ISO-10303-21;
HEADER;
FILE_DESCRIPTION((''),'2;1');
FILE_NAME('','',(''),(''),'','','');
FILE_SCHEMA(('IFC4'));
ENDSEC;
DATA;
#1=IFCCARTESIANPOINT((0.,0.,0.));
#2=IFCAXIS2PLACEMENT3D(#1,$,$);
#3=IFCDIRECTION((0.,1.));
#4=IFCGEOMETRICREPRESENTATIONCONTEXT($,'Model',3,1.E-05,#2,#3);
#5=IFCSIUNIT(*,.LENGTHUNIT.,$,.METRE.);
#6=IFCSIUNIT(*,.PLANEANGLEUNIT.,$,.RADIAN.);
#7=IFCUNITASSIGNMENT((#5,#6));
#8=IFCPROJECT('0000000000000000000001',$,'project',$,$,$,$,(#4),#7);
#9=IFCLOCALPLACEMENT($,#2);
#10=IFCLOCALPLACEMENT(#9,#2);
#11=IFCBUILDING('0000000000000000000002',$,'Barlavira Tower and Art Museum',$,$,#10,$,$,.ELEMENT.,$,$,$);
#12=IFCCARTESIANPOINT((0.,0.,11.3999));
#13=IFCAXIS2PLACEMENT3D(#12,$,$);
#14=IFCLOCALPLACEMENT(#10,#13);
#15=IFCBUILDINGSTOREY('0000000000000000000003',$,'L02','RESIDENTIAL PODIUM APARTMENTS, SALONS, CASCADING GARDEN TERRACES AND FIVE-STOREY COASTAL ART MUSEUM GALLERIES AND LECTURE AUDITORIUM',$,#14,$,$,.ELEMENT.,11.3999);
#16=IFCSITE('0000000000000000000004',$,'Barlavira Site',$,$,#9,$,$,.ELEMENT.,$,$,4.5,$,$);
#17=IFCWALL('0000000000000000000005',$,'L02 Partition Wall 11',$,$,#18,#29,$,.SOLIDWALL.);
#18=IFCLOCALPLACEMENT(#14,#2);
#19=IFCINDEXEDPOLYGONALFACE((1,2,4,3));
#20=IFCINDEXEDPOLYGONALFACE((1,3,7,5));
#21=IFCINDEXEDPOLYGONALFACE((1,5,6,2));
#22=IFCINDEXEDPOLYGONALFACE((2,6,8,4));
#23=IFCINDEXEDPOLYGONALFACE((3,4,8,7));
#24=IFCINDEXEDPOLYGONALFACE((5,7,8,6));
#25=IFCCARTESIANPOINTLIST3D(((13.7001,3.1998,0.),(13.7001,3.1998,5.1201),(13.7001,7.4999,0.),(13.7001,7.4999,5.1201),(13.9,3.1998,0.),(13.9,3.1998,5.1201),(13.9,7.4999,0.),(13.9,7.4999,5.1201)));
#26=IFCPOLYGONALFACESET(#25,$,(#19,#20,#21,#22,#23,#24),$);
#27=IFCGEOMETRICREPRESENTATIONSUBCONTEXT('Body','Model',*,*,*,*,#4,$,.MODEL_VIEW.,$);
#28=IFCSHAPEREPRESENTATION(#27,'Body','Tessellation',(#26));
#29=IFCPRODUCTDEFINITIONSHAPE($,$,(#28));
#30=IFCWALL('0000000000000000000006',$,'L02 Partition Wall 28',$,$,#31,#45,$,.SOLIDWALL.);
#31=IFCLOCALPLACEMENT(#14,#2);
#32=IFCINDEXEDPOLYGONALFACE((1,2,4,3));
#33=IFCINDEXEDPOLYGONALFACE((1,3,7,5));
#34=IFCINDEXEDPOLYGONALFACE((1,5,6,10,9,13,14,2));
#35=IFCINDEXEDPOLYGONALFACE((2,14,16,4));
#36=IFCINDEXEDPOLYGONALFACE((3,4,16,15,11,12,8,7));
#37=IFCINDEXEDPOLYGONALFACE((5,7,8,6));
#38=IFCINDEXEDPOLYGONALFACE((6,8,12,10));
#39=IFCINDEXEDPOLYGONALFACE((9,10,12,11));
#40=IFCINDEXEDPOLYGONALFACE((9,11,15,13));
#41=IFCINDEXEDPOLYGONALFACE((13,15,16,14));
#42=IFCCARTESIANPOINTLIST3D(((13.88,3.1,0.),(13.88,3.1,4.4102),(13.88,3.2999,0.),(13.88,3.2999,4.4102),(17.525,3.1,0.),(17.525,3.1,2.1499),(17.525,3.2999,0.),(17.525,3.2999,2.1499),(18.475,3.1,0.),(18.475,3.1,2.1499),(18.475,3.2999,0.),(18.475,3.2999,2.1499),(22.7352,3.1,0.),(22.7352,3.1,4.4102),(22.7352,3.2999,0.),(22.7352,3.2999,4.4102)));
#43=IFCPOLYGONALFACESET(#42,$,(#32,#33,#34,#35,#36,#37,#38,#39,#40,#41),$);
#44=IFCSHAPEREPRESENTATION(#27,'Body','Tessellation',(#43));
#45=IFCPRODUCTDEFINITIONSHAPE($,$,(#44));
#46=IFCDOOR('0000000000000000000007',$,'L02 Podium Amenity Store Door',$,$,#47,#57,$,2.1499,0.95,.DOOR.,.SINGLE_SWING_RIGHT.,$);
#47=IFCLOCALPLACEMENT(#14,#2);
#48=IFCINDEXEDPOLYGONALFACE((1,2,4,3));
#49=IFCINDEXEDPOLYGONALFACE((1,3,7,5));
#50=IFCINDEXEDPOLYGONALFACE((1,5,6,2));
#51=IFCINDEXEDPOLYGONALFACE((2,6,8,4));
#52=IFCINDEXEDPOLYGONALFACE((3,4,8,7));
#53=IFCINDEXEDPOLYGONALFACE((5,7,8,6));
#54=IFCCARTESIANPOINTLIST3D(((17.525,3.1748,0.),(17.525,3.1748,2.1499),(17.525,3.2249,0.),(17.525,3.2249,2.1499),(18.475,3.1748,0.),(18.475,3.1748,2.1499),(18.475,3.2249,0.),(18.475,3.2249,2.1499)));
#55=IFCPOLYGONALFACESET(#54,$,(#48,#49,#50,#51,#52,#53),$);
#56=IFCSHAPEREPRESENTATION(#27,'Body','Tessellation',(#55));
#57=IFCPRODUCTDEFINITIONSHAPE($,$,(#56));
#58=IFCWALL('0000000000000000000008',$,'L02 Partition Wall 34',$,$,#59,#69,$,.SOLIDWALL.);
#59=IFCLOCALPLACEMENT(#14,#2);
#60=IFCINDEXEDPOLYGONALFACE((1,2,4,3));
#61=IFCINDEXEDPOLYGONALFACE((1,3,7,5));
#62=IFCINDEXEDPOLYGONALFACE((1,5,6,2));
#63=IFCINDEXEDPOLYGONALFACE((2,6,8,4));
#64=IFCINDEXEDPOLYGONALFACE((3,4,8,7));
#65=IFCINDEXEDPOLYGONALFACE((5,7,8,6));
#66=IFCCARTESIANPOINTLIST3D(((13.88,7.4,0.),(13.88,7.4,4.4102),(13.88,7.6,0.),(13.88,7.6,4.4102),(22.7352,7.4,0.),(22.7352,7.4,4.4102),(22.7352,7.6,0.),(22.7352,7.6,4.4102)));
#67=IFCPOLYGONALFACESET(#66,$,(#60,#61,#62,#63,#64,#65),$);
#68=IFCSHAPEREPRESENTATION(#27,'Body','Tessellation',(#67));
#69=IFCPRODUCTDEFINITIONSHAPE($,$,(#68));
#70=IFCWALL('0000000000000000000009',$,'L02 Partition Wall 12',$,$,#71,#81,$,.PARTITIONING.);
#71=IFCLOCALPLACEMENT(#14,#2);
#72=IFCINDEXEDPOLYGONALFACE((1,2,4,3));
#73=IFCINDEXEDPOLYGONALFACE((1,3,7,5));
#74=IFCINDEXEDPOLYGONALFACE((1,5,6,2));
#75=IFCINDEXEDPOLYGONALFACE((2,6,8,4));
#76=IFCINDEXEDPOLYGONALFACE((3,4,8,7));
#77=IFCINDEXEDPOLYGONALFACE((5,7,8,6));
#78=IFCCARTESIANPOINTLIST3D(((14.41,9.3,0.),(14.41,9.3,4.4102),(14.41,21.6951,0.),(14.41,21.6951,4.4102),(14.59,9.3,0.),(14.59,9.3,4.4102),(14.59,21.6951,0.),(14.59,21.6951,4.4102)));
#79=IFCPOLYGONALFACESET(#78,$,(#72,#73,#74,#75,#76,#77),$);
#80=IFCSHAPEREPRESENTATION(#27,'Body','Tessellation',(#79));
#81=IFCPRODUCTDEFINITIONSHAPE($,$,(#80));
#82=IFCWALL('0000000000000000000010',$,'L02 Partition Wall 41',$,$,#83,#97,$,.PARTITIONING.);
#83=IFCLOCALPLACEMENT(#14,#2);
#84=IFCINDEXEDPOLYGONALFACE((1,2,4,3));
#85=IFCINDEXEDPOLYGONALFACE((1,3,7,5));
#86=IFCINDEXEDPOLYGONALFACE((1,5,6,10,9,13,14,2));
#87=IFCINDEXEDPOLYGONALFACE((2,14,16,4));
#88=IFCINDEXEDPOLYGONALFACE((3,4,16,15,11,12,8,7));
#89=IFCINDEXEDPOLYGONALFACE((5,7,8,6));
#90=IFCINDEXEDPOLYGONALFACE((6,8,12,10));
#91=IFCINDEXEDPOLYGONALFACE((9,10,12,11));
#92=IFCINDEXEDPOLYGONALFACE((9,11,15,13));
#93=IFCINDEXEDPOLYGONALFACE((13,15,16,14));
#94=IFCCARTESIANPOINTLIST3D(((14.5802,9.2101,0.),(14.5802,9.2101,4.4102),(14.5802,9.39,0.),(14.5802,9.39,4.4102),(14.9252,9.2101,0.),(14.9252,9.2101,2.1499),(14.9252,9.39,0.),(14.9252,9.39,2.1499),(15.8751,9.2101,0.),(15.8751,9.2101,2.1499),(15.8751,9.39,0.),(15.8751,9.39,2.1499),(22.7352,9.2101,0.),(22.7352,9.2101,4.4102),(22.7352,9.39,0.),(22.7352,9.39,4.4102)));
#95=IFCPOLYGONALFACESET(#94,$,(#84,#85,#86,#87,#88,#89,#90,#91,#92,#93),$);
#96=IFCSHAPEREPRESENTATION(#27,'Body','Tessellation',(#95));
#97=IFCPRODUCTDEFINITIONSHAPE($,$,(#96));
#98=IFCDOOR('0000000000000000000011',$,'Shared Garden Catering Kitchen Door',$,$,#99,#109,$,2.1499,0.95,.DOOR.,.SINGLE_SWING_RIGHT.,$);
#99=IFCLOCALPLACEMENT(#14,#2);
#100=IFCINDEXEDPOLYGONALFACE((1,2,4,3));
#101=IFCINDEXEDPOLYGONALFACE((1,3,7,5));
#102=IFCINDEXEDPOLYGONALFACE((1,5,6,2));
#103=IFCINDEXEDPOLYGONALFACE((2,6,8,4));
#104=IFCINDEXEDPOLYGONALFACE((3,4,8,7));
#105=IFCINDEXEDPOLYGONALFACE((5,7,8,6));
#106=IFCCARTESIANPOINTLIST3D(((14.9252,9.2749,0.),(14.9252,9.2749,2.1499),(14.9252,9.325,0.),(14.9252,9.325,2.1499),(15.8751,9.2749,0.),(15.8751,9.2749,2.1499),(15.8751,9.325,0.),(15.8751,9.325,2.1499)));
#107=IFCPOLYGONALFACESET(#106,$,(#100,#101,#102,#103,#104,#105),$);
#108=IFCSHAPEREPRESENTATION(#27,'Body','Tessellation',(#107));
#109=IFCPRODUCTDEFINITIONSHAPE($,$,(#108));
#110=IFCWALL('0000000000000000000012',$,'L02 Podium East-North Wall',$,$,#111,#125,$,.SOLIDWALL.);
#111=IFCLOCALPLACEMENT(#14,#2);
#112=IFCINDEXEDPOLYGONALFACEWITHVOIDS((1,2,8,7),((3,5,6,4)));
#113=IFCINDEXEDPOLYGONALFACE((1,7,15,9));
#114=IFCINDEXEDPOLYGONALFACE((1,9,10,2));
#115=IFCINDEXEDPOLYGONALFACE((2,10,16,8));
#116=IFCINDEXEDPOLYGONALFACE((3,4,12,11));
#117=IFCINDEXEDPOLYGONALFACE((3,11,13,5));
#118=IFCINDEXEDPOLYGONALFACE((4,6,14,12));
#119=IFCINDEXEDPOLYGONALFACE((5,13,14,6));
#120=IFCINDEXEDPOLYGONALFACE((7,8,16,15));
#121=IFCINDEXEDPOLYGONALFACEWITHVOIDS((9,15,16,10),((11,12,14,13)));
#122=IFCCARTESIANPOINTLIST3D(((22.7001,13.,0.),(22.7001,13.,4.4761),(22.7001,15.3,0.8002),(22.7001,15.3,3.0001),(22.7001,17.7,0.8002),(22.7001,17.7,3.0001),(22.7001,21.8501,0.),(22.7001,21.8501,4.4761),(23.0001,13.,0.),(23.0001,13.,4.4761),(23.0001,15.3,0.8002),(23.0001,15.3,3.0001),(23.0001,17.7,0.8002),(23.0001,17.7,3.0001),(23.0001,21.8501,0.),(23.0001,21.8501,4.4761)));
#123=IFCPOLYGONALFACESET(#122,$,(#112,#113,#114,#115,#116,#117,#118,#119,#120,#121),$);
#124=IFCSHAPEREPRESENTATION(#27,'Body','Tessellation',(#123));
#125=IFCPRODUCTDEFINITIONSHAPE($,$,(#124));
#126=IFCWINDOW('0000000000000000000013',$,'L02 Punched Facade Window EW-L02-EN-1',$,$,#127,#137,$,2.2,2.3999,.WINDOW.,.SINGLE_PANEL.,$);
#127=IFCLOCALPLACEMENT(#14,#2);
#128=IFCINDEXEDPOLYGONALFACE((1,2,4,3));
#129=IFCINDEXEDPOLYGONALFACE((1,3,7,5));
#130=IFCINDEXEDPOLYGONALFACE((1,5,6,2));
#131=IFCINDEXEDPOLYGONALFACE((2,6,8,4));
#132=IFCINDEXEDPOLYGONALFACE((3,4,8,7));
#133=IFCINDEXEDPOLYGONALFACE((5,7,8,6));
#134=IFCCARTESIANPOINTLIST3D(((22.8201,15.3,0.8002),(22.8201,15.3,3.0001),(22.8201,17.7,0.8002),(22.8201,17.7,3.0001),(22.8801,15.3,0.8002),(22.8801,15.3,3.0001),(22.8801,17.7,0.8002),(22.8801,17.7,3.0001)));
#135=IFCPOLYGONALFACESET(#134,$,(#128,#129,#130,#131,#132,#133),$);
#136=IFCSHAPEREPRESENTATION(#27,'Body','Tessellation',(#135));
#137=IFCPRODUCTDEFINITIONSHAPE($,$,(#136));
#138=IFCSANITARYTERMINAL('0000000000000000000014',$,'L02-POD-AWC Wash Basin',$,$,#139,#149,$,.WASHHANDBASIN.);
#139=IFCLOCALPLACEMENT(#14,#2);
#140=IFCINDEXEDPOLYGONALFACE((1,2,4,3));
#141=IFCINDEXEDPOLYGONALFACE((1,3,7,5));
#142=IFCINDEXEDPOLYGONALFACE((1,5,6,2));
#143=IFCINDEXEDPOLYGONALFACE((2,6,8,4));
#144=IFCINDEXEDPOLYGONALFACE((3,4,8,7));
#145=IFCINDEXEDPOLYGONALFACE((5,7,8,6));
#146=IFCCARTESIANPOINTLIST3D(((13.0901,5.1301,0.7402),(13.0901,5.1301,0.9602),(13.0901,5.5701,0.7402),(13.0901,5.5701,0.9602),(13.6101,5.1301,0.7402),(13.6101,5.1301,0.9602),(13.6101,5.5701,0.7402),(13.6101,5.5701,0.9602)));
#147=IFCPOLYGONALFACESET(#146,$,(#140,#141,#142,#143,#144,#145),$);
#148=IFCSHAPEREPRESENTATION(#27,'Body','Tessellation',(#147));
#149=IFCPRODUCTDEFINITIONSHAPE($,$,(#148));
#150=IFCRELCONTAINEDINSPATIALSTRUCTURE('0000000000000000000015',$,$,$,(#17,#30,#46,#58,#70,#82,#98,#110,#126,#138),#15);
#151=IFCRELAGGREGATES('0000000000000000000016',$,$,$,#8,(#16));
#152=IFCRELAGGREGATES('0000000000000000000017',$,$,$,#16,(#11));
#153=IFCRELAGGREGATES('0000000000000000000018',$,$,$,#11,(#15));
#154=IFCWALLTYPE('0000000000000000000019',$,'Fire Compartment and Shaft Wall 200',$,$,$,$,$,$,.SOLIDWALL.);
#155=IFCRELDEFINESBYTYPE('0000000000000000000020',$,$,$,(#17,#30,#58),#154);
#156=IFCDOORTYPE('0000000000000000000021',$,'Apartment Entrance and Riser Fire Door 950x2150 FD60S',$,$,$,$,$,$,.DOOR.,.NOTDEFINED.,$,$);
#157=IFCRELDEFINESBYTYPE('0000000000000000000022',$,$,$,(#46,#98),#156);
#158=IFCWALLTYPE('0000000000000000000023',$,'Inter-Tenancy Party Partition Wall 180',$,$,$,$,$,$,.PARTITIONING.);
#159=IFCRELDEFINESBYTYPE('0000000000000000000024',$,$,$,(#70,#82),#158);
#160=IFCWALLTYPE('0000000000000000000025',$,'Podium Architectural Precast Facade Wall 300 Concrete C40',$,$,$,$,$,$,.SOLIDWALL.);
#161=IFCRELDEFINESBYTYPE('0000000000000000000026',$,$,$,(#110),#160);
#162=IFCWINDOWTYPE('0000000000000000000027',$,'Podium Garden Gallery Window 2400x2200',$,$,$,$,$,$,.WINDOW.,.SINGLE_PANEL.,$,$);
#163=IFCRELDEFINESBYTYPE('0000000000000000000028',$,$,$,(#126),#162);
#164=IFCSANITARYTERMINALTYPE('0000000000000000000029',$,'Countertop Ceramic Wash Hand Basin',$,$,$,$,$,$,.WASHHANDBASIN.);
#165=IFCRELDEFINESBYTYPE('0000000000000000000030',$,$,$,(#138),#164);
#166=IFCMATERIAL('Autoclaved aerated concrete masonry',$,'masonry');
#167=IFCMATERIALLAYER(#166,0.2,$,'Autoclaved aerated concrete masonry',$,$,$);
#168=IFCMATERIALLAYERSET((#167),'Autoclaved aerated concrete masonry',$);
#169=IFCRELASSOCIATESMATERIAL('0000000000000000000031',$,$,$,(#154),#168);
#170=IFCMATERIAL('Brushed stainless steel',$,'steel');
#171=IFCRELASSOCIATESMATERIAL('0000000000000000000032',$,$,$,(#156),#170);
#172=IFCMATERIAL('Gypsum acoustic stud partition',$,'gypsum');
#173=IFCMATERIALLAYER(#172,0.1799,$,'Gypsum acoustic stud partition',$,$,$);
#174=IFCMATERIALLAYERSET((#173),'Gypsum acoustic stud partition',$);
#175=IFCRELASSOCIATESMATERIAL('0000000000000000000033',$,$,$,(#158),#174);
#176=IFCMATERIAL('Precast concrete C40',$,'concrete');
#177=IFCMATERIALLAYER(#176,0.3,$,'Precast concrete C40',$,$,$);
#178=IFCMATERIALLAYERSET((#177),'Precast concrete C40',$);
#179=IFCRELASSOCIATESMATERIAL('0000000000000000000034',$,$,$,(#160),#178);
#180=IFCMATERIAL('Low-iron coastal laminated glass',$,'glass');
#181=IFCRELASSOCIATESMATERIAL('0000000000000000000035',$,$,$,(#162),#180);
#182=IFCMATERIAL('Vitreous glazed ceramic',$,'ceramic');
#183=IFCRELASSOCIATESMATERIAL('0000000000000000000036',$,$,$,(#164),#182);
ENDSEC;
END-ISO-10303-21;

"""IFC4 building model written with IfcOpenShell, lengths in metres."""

from ifc_helpers import new_model, si_unit, direction, frame, frame_2d, origin, origin_2d, place, context, subcontext, project, spatial, rectangle, extrude, material, layer, layer_set, type_object, element, fill, save


model = new_model("IFC4")

# Units and contexts
model_context = context("Model", 3, precision=1e-05, world=origin(), true_north=direction((0.0, 1.0)))
body_context = subcontext(model_context, "Body", "Model", "MODEL_VIEW")
ifc_project = project(units=[si_unit("LENGTHUNIT", "METRE"), si_unit("PLANEANGLEUNIT", "RADIAN")], contexts=[model_context])

# Site, building, storey
site_placement = place(None, origin())
site = spatial("IfcSite", under=ifc_project, at=site_placement, Name="Barlavira Site", CompositionType="ELEMENT", RefElevation=4.5)
building_placement = place(site_placement, origin())
building = spatial("IfcBuilding", under=site, at=building_placement, Name="Barlavira Tower and Art Museum", CompositionType="ELEMENT")
storey_placement = place(building_placement, frame((0.0, 0.0, 11.3999)))
storey = spatial("IfcBuildingStorey", under=building, at=storey_placement, Name="L02", Description="RESIDENTIAL PODIUM APARTMENTS, SALONS, CASCADING GARDEN TERRACES AND FIVE-STOREY COASTAL ART MUSEUM GALLERIES AND LECTURE AUDITORIUM", CompositionType="ELEMENT", Elevation=11.3999)

# Shared definitions
ifc_material_1 = material(Name="Low-iron coastal laminated glass", Category="glass")

# Wall
ifc_material_2 = material(Name="Autoclaved aerated concrete masonry", Category="masonry")
ifc_layer_1 = layer(ifc_material_2, 0.2, Name="Autoclaved aerated concrete masonry")
ifc_layer_set_1 = layer_set([ifc_layer_1], Name="Autoclaved aerated concrete masonry")
wall_type_1 = type_object("IfcWallType", Name="Fire Compartment and Shaft Wall 200", PredefinedType="SOLIDWALL", material=ifc_layer_set_1)
wall_1_placement = place(storey_placement, frame((13.8, 3.2, 0.0), z_axis=(0.0, 0.0, 1.0), x_axis=(0.0, 1.0, 0.0)))
element("IfcWall", 1, at=wall_1_placement, inside=storey, type_object=wall_type_1, Name="L02 Partition Wall 11", PredefinedType="SOLIDWALL", context=body_context, shape_type="SweptSolid", body=[
    extrude(rectangle(XDim=4.3, YDim=0.2, at=frame_2d((2.1499, 0.0))), origin(), (0.0, 0.0, 1.0), 5.1201),
])

# Wall, opening, door
wall_2_placement = place(storey_placement, frame((13.8799, 3.2, 0.0), z_axis=(0.0, 0.0, 1.0), x_axis=(1.0, 0.0, 0.0)))
wall_2 = element("IfcWall", 2, at=wall_2_placement, inside=storey, type_object=wall_type_1, Name="L02 Partition Wall 28", PredefinedType="SOLIDWALL", context=body_context, shape_type="SweptSolid", body=[
    extrude(rectangle(XDim=8.8552, YDim=0.2, at=frame_2d((4.4277, 0.0))), origin(), (0.0, 0.0, 1.0), 4.4102),
])
opening_1_placement = place(wall_2_placement, frame((3.645, 0.0, 0.0)))
opening_1 = element("IfcOpeningElement", 3, at=opening_1_placement, cuts=wall_2, PredefinedType="OPENING", context=body_context, shape_type="SweptSolid", body=[
    extrude(rectangle(XDim=0.95, YDim=2.1499, at=frame_2d((0.4751, 1.075))), frame((0.0, 0.1099, 0.0), z_axis=(0.0, -1.0, 0.0), x_axis=(1.0, 0.0, 0.0)), (0.0, 0.0, 1.0), 0.22),
])
ifc_material_3 = material(Name="Brushed stainless steel", Category="steel")
door_type = type_object("IfcDoorType", Name="Apartment Entrance and Riser Fire Door 950x2150 FD60S", OperationType="NOTDEFINED", PredefinedType="DOOR", material=ifc_material_3)
door_1_placement = place(opening_1_placement, origin())
door_1 = element("IfcDoor", 4, at=door_1_placement, inside=storey, type_object=door_type, Name="L02 Podium Amenity Store Door", OperationType="SINGLE_SWING_RIGHT", OverallHeight=2.1499, OverallWidth=0.95, PredefinedType="DOOR", context=body_context, shape_type="SweptSolid", body=[
    extrude(rectangle(XDim=0.95, YDim=2.1499, at=frame_2d((0.4751, 1.075))), frame((0.0, 0.0249, 0.0), z_axis=(0.0, -1.0, 0.0), x_axis=(1.0, 0.0, 0.0)), (0.0, 0.0, 1.0), 0.05),
])
fill(opening_1, door_1)

# Walls
wall_3_placement = place(storey_placement, frame((13.8799, 7.5, 0.0), z_axis=(0.0, 0.0, 1.0), x_axis=(1.0, 0.0, 0.0)))
element("IfcWall", 5, at=wall_3_placement, inside=storey, type_object=wall_type_1, Name="L02 Partition Wall 34", PredefinedType="SOLIDWALL", context=body_context, shape_type="SweptSolid", body=[
    extrude(rectangle(XDim=8.8552, YDim=0.2, at=frame_2d((4.4277, 0.0))), origin(), (0.0, 0.0, 1.0), 4.4102),
])
ifc_material_4 = material(Name="Gypsum acoustic stud partition", Category="gypsum")
ifc_layer_2 = layer(ifc_material_4, 0.1799, Name="Gypsum acoustic stud partition")
ifc_layer_set_2 = layer_set([ifc_layer_2], Name="Gypsum acoustic stud partition")
wall_type_2 = type_object("IfcWallType", Name="Inter-Tenancy Party Partition Wall 180", PredefinedType="PARTITIONING", material=ifc_layer_set_2)
wall_4_placement = place(storey_placement, frame((14.5, 9.3, 0.0), z_axis=(0.0, 0.0, 1.0), x_axis=(0.0, 1.0, 0.0)))
element("IfcWall", 6, at=wall_4_placement, inside=storey, type_object=wall_type_2, Name="L02 Partition Wall 12", PredefinedType="PARTITIONING", context=body_context, shape_type="SweptSolid", body=[
    extrude(rectangle(XDim=12.395, YDim=0.1799, at=frame_2d((6.1975, 0.0))), origin(), (0.0, 0.0, 1.0), 4.4102),
])

# Wall, opening, door
wall_5_placement = place(storey_placement, frame((14.5801, 9.3, 0.0), z_axis=(0.0, 0.0, 1.0), x_axis=(1.0, 0.0, 0.0)))
wall_5 = element("IfcWall", 7, at=wall_5_placement, inside=storey, type_object=wall_type_2, Name="L02 Partition Wall 41", PredefinedType="PARTITIONING", context=body_context, shape_type="SweptSolid", body=[
    extrude(rectangle(XDim=8.155, YDim=0.1799, at=frame_2d((4.0776, 0.0))), origin(), (0.0, 0.0, 1.0), 4.4102),
])
opening_2_placement = place(wall_5_placement, frame((0.345, 0.0, 0.0)))
opening_2 = element("IfcOpeningElement", 8, at=opening_2_placement, cuts=wall_5, PredefinedType="OPENING", context=body_context, shape_type="SweptSolid", body=[
    extrude(rectangle(XDim=0.95, YDim=2.1499, at=frame_2d((0.4751, 1.075))), frame((0.0, 0.1001, 0.0), z_axis=(0.0, -1.0, 0.0), x_axis=(1.0, 0.0, 0.0)), (0.0, 0.0, 1.0), 0.2),
])
door_2_placement = place(opening_2_placement, origin())
door_2 = element("IfcDoor", 9, at=door_2_placement, inside=storey, type_object=door_type, Name="Shared Garden Catering Kitchen Door", OperationType="SINGLE_SWING_RIGHT", OverallHeight=2.1499, OverallWidth=0.95, PredefinedType="DOOR", context=body_context, shape_type="SweptSolid", body=[
    extrude(rectangle(XDim=0.95, YDim=2.1499, at=frame_2d((0.4751, 1.075))), frame((0.0, 0.0249, 0.0), z_axis=(0.0, -1.0, 0.0), x_axis=(1.0, 0.0, 0.0)), (0.0, 0.0, 1.0), 0.05),
])
fill(opening_2, door_2)

# Wall, opening, window
ifc_material_5 = material(Name="Precast concrete C40", Category="concrete")
ifc_layer_3 = layer(ifc_material_5, 0.3, Name="Precast concrete C40")
ifc_layer_set_3 = layer_set([ifc_layer_3], Name="Precast concrete C40")
wall_type_3 = type_object("IfcWallType", Name="Podium Architectural Precast Facade Wall 300 Concrete C40", PredefinedType="SOLIDWALL", material=ifc_layer_set_3)
wall_6_placement = place(storey_placement, frame((22.8501, 13.0, 0.0), z_axis=(0.0, 0.0, 1.0), x_axis=(0.0, 1.0, 0.0)))
wall_6 = element("IfcWall", 10, at=wall_6_placement, inside=storey, type_object=wall_type_3, Name="L02 Podium East-North Wall", PredefinedType="SOLIDWALL", context=body_context, shape_type="SweptSolid", body=[
    extrude(rectangle(XDim=8.8501, YDim=0.3, at=frame_2d((4.425, 0.0))), origin(), (0.0, 0.0, 1.0), 4.4761),
])
opening_3_placement = place(wall_6_placement, frame((2.3, 0.0, 0.8)))
opening_3 = element("IfcOpeningElement", 11, at=opening_3_placement, cuts=wall_6, PredefinedType="OPENING", context=body_context, shape_type="SweptSolid", body=[
    extrude(rectangle(XDim=2.3999, YDim=2.2, at=frame_2d((1.2, 1.1001))), frame((0.0, 0.1602, 0.0), z_axis=(0.0, -1.0, 0.0), x_axis=(1.0, 0.0, 0.0)), (0.0, 0.0, 1.0), 0.3201),
])
window_type = type_object("IfcWindowType", Name="Podium Garden Gallery Window 2400x2200", PartitioningType="SINGLE_PANEL", PredefinedType="WINDOW", material=ifc_material_1)
window_placement = place(opening_3_placement, origin())
window = element("IfcWindow", 12, at=window_placement, inside=storey, type_object=window_type, Name="L02 Punched Facade Window EW-L02-EN-1", OverallHeight=2.2, OverallWidth=2.3999, PartitioningType="SINGLE_PANEL", PredefinedType="WINDOW", context=body_context, shape_type="SweptSolid", body=[
    extrude(rectangle(XDim=2.3999, YDim=2.2, at=frame_2d((1.2, 1.1001))), frame((0.0, 0.03, 0.0), z_axis=(0.0, -1.0, 0.0), x_axis=(1.0, 0.0, 0.0)), (0.0, 0.0, 1.0), 0.0601),
])
fill(opening_3, window)

# Sanitary terminal
ifc_material_6 = material(Name="Vitreous glazed ceramic", Category="ceramic")
sanitary_terminal_type = type_object("IfcSanitaryTerminalType", Name="Countertop Ceramic Wash Hand Basin", PredefinedType="WASHHANDBASIN", material=ifc_material_6)
sanitary_terminal_placement = place(storey_placement, frame((13.3501, 5.3501, 0.7402), z_axis=(0.0, 0.0, 1.0), x_axis=(1.0, 0.0, 0.0)))
element("IfcSanitaryTerminal", 13, at=sanitary_terminal_placement, inside=storey, type_object=sanitary_terminal_type, Name="L02-POD-AWC Wash Basin", PredefinedType="WASHHANDBASIN", context=body_context, shape_type="SweptSolid", body=[
    extrude(rectangle(XDim=0.52, YDim=0.4399, at=origin_2d()), origin(), (0.0, 0.0, 1.0), 0.22),
])

save(model, "model.ifc")
